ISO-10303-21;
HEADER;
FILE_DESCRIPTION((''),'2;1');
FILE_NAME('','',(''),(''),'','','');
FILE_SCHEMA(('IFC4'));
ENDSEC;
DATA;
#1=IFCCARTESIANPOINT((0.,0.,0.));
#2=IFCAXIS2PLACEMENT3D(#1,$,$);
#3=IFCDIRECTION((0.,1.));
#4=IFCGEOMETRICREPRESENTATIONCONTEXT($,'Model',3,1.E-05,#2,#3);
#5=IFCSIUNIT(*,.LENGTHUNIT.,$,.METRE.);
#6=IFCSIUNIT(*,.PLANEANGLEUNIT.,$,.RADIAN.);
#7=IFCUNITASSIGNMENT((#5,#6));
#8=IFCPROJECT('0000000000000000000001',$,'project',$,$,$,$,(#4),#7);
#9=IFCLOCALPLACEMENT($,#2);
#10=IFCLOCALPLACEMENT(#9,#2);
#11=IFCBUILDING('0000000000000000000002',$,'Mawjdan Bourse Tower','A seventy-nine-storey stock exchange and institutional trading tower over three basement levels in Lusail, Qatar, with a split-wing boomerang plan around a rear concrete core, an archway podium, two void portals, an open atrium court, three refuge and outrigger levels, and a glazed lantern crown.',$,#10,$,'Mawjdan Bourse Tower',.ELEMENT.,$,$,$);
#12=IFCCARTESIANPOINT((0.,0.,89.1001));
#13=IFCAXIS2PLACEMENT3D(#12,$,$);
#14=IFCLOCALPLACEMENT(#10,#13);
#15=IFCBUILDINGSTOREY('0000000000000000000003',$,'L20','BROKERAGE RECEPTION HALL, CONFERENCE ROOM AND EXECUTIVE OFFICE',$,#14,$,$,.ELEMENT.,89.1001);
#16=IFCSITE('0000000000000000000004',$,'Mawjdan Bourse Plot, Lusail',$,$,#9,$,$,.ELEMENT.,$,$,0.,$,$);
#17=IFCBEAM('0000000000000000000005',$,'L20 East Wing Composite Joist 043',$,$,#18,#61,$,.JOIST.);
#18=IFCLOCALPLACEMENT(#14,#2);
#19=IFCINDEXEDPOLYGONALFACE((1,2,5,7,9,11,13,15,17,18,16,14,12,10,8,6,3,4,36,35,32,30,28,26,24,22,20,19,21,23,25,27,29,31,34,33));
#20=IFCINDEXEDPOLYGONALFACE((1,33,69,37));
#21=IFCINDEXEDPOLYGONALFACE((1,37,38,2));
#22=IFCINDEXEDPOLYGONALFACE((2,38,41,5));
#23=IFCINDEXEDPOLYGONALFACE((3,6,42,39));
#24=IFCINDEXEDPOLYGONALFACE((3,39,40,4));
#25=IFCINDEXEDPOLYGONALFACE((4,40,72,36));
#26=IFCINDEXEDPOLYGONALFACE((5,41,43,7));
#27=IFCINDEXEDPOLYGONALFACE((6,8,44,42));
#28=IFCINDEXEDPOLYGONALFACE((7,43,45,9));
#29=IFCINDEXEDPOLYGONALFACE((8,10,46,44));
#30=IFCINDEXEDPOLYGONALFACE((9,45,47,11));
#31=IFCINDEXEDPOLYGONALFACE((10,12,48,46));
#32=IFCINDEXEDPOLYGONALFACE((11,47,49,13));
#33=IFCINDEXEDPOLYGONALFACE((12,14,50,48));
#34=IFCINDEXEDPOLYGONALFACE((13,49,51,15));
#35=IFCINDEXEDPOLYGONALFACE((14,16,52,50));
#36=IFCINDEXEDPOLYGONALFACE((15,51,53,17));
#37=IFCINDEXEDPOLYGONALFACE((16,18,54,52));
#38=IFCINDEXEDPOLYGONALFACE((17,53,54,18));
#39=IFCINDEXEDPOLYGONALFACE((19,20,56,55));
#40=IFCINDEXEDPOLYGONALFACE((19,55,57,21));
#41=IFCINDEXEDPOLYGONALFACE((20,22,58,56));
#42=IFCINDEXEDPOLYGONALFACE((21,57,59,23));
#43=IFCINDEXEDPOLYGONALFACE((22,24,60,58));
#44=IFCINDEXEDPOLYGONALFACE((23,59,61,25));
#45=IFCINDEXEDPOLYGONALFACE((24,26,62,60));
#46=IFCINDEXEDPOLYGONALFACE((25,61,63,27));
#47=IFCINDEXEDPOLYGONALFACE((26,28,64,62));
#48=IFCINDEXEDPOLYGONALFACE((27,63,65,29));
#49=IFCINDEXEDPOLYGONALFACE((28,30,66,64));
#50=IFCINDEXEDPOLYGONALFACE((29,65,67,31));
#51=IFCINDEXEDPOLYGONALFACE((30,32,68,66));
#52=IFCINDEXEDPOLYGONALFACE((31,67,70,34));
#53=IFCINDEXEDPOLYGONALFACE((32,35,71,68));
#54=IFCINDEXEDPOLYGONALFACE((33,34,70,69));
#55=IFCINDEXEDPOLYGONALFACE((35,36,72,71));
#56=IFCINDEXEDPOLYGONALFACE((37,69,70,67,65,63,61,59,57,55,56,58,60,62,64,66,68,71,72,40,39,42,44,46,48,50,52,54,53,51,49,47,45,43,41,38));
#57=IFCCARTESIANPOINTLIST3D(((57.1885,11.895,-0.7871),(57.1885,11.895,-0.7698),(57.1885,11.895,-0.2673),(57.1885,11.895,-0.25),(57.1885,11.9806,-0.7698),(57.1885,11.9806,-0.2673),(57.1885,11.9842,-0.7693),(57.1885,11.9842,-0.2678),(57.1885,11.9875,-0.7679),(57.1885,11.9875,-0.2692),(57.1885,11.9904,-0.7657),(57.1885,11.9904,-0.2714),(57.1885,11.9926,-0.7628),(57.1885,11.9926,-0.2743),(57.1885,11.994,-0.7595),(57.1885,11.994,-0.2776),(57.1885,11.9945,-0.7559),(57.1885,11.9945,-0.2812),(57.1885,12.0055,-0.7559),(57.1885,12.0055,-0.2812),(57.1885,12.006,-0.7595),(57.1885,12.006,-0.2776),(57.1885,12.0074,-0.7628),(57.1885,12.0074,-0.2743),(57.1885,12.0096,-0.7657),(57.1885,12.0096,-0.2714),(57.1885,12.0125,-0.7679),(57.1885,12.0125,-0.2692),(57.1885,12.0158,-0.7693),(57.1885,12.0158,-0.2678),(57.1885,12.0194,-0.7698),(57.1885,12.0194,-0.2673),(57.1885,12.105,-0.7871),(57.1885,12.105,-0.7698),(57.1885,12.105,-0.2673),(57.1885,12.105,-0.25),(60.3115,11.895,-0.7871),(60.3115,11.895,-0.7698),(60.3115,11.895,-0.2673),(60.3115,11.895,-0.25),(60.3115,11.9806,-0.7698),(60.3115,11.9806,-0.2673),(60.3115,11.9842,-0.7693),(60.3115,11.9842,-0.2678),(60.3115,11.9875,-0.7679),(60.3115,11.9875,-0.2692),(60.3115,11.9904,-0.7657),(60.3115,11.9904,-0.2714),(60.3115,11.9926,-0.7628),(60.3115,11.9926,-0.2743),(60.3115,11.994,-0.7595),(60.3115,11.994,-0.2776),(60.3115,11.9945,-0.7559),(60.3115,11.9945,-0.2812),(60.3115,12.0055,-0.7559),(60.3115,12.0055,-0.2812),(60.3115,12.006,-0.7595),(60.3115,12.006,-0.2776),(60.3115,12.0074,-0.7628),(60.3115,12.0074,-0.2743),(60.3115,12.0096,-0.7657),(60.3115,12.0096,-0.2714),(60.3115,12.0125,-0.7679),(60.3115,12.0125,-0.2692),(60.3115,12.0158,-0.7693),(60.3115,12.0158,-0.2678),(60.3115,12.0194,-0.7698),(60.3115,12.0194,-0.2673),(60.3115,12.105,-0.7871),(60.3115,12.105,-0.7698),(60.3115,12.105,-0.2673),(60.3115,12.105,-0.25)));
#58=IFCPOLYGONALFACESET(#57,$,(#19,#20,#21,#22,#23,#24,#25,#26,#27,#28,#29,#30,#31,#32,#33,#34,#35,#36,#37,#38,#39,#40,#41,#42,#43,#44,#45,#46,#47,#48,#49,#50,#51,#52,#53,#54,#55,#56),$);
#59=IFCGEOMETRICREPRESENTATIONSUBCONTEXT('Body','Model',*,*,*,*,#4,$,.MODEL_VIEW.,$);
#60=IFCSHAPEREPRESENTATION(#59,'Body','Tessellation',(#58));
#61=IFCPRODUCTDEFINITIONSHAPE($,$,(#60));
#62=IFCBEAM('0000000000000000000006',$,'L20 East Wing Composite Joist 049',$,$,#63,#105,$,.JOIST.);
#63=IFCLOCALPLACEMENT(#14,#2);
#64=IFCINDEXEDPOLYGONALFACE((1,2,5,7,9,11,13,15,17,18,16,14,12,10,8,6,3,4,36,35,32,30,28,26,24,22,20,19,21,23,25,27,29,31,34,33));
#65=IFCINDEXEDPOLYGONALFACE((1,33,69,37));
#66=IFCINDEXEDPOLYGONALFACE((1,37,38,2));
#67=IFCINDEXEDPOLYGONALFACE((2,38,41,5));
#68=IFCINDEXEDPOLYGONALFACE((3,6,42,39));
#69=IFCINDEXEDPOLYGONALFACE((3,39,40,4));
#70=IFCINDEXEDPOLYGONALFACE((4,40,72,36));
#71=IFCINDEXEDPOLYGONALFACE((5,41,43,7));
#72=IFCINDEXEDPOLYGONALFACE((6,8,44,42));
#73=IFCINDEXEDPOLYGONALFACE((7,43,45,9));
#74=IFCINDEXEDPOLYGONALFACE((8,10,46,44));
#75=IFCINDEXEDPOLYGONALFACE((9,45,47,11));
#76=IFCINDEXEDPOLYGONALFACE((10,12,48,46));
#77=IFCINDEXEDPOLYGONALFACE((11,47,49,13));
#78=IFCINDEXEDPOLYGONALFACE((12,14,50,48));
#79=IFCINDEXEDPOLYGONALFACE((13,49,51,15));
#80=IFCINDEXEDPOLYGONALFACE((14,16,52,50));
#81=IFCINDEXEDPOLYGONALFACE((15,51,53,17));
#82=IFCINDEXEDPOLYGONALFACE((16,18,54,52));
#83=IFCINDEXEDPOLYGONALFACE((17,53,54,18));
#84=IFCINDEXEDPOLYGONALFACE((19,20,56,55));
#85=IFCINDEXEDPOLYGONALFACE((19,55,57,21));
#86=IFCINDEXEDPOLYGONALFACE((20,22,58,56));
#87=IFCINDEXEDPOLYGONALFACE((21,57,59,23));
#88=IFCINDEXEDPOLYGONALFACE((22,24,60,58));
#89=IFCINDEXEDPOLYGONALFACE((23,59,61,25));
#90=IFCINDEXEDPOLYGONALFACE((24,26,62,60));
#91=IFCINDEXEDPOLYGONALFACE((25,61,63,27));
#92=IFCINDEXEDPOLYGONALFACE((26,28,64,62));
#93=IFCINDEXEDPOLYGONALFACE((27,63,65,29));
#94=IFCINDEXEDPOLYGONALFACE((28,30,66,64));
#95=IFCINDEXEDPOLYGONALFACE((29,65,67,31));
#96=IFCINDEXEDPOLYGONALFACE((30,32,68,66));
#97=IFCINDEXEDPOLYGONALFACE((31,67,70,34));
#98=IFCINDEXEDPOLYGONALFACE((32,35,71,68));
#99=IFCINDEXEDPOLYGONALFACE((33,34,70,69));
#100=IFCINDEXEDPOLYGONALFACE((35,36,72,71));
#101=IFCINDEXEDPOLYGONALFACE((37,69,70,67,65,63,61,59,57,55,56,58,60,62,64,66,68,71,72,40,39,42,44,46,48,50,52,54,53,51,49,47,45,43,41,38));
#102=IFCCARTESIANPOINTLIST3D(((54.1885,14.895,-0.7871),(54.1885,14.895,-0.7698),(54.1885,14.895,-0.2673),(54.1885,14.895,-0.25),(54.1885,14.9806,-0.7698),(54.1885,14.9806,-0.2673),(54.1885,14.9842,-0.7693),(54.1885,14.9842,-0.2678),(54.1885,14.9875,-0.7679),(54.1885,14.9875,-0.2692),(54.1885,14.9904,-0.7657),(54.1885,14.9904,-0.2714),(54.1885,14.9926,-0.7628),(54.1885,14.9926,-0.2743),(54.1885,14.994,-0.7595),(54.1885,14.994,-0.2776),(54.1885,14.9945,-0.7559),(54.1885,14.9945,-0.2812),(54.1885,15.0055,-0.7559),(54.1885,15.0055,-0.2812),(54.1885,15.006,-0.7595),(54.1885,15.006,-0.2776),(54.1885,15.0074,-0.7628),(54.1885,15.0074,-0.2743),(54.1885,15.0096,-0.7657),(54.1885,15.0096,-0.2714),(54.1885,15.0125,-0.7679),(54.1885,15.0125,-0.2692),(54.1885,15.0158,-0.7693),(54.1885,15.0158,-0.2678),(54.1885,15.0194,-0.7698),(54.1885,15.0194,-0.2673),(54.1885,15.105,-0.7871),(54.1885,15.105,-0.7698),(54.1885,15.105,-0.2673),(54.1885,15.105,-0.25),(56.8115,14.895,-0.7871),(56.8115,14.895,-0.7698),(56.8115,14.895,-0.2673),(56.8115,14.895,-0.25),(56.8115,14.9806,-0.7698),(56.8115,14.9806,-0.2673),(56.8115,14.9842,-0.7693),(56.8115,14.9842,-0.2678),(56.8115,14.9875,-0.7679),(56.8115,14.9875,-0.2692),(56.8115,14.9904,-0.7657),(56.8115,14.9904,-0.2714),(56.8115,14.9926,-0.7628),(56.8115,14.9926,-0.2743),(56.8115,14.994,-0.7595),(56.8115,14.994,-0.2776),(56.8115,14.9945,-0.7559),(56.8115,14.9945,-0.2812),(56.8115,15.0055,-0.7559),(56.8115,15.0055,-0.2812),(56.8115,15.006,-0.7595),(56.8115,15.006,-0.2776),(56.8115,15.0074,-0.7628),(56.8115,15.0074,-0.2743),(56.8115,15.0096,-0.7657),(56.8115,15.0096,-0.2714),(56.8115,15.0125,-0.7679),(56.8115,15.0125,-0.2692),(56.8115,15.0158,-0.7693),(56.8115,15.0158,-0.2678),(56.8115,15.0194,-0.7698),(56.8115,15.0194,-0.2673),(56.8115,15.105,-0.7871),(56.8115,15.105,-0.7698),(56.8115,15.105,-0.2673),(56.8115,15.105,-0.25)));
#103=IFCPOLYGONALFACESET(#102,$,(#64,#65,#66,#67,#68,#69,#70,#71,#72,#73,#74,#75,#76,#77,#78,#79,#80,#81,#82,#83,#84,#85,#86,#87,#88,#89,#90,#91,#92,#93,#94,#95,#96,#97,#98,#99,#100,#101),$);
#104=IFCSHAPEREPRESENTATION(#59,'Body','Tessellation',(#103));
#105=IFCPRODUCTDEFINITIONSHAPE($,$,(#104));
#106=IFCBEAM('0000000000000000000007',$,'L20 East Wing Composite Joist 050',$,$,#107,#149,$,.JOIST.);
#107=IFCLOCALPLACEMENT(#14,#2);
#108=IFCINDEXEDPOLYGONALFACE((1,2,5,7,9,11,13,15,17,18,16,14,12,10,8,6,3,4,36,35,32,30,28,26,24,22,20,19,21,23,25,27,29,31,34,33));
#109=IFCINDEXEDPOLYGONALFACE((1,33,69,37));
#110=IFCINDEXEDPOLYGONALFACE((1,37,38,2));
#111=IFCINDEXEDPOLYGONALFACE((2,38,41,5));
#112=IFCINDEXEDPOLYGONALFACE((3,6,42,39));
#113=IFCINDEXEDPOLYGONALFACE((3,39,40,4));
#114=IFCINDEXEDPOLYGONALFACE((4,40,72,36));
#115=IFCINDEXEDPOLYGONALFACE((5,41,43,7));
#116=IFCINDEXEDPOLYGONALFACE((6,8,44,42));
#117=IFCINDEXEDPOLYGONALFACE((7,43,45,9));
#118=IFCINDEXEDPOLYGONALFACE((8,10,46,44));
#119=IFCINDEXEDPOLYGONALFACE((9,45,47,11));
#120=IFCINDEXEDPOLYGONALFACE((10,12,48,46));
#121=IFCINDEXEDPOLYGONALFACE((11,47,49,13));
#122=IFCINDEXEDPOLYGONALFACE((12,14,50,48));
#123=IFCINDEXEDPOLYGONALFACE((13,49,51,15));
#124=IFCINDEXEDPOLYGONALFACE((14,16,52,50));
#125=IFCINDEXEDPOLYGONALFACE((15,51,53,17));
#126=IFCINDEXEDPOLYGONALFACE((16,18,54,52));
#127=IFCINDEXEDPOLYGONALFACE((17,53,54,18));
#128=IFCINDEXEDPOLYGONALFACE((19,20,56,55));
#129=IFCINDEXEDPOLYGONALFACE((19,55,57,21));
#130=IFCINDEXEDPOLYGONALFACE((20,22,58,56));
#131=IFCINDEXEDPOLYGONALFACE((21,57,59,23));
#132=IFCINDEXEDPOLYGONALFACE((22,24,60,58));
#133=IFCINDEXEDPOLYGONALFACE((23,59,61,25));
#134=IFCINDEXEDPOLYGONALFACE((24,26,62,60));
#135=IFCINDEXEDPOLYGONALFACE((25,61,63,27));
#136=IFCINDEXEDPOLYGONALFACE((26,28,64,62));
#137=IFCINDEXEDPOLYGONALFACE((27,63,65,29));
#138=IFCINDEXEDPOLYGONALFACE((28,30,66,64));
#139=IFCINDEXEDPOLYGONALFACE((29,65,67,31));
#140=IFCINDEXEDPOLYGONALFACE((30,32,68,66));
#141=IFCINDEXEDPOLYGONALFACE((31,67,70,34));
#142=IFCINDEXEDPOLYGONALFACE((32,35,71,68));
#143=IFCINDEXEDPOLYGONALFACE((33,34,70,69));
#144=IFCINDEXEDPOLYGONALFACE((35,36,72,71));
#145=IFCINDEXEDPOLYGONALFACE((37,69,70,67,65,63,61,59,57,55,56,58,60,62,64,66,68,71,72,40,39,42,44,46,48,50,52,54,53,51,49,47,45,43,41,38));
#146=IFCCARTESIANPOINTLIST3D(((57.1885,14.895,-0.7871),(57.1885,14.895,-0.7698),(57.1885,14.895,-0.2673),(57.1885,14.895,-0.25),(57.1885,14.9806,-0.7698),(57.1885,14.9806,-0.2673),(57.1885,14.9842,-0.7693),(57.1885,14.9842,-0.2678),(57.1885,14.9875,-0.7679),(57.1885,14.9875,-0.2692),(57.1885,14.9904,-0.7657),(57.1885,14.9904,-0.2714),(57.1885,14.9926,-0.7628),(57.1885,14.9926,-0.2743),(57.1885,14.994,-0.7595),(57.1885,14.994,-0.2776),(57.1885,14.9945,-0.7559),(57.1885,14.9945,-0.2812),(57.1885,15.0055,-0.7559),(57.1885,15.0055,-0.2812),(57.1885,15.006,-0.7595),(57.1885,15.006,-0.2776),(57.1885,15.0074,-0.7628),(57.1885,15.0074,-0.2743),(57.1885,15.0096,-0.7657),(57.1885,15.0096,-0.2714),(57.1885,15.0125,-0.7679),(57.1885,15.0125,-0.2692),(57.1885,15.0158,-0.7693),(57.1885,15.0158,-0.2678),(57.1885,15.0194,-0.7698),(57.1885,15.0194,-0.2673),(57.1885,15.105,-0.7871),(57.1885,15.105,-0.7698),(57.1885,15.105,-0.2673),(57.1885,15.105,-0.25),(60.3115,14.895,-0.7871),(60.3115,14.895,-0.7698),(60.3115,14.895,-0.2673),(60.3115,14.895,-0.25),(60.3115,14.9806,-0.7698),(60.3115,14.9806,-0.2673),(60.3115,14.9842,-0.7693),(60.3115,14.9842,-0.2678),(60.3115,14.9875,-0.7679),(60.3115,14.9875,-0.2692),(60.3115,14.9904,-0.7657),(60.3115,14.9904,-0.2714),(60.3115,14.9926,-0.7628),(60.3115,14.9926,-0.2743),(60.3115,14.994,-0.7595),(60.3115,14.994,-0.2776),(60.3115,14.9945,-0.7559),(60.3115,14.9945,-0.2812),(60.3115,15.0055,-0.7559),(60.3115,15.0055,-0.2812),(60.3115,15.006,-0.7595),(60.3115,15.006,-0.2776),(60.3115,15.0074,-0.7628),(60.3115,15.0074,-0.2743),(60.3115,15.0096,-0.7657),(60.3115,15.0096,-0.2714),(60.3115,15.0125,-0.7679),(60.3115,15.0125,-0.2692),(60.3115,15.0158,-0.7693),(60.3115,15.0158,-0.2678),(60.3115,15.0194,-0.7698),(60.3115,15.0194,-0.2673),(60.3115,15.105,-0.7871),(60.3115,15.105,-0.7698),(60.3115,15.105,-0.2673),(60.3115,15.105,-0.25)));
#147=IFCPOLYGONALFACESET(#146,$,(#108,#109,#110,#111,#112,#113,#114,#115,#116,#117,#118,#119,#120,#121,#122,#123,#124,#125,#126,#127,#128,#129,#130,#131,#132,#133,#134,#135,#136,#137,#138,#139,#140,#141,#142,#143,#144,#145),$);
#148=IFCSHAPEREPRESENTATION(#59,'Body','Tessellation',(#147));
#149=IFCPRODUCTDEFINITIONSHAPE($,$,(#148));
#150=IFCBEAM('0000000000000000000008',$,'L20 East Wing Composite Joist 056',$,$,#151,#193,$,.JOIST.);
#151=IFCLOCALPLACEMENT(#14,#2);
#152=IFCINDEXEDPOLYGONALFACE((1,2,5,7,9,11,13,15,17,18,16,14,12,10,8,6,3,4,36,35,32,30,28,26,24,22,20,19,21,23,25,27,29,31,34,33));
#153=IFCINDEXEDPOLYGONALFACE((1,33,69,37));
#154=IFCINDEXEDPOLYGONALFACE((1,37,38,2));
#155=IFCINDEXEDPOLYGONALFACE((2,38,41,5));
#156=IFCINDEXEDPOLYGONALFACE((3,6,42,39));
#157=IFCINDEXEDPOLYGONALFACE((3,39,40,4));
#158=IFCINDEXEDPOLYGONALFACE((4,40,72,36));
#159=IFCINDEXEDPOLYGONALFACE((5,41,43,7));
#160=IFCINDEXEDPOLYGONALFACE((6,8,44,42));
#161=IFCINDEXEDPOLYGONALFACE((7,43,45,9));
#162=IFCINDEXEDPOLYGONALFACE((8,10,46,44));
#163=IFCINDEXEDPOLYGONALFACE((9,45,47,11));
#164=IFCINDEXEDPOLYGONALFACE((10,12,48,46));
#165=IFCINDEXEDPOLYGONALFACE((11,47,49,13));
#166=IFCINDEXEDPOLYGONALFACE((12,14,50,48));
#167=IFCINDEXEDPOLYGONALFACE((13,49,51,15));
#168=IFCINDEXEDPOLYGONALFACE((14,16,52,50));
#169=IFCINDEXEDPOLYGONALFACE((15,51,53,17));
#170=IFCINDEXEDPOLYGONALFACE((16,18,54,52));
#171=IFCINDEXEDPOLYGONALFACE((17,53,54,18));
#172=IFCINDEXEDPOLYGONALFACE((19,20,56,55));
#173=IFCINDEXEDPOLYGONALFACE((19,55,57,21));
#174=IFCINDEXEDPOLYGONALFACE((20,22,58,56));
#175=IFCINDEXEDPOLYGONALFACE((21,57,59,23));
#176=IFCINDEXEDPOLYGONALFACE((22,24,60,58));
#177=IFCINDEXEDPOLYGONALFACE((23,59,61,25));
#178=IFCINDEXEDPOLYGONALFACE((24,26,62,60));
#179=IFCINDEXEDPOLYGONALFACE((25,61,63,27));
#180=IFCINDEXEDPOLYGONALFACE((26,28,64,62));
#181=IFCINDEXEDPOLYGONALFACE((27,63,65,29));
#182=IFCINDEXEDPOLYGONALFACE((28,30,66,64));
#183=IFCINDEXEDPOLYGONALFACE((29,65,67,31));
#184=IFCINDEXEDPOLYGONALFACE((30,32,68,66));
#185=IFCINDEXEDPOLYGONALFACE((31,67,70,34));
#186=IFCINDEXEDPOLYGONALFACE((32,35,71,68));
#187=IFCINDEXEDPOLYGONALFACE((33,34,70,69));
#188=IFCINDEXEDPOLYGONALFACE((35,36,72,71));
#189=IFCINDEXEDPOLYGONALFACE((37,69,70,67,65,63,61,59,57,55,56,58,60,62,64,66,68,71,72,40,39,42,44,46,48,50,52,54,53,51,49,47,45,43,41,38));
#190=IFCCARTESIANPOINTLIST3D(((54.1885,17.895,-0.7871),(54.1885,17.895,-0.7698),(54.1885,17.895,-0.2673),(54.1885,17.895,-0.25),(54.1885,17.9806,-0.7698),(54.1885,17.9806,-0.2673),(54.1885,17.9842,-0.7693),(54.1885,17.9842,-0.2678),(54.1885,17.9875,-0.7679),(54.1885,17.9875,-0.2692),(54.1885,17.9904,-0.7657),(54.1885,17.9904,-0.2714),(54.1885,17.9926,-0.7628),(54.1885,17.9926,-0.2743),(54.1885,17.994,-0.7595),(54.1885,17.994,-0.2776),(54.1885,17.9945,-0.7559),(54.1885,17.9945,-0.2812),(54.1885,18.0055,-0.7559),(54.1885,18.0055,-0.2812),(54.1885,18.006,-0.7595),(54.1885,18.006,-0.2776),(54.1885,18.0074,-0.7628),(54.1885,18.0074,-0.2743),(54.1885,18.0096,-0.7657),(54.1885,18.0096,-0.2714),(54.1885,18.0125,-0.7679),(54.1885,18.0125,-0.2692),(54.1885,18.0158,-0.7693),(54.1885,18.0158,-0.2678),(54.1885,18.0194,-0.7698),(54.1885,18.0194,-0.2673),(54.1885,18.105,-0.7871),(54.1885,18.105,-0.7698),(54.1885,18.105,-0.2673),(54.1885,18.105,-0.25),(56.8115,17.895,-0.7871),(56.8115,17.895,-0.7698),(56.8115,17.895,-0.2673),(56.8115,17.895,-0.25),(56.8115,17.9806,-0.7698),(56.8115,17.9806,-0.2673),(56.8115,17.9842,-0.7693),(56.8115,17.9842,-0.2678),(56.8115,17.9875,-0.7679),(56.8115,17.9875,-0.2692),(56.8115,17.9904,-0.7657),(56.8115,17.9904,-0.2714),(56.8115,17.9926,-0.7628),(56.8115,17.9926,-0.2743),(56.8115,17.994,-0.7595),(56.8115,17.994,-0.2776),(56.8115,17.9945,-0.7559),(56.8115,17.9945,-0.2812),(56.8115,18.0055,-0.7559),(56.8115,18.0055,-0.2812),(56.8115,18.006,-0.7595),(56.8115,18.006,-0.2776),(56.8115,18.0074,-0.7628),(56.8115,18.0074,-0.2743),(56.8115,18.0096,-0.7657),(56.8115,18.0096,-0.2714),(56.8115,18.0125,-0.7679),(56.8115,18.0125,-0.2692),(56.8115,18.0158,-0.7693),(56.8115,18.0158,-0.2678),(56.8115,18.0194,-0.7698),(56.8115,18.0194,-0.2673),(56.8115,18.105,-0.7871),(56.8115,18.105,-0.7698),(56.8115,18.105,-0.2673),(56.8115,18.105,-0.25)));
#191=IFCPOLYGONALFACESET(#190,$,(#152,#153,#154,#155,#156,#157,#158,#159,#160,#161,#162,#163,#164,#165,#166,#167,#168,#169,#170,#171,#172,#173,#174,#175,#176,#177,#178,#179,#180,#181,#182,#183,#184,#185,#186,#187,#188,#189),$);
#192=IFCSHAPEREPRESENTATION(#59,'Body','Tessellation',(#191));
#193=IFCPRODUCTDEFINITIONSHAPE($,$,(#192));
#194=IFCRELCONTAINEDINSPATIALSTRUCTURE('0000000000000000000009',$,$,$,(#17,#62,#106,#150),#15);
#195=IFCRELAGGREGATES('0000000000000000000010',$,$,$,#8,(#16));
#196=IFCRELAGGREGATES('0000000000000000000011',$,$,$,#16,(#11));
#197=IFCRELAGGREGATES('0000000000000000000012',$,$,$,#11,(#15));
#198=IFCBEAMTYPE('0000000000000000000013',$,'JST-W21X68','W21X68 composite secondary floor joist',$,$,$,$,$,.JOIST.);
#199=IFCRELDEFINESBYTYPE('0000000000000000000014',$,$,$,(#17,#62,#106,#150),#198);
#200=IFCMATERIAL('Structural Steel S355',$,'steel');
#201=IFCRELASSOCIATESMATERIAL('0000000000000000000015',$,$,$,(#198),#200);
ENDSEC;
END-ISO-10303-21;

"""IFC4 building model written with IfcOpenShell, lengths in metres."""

from ifc_helpers import new_model, si_unit, direction, frame, origin, origin_2d, place, context, subcontext, project, spatial, i_section, extrude, material, material_profile, profile_set, type_object, element, save


model = new_model("IFC4")

# Units and contexts
model_context = context("Model", 3, precision=1e-05, world=origin(), true_north=direction((0.0, 1.0)))
body_context = subcontext(model_context, "Body", "Model", "MODEL_VIEW")
ifc_project = project(units=[si_unit("LENGTHUNIT", "METRE"), si_unit("PLANEANGLEUNIT", "RADIAN")], contexts=[model_context])

# Site, building, storey
site_placement = place(None, origin())
site = spatial("IfcSite", under=ifc_project, at=site_placement, Name="Mawjdan Bourse Plot, Lusail", CompositionType="ELEMENT", RefElevation=0.0)
building_placement = place(site_placement, origin())
building = spatial("IfcBuilding", under=site, at=building_placement, Name="Mawjdan Bourse Tower", Description="A seventy-nine-storey stock exchange and institutional trading tower over three basement levels in Lusail, Qatar, with a split-wing boomerang plan around a rear concrete core, an archway podium, two void portals, an open atrium court, three refuge and outrigger levels, and a glazed lantern crown.", LongName="Mawjdan Bourse Tower", CompositionType="ELEMENT")
storey_placement = place(building_placement, frame((0.0, 0.0, 89.1001)))
storey = spatial("IfcBuildingStorey", under=building, at=storey_placement, Name="L20", Description="BROKERAGE RECEPTION HALL, CONFERENCE ROOM AND EXECUTIVE OFFICE", CompositionType="ELEMENT", Elevation=89.1001)

# Beams
ifc_material_1 = material(Name="Structural Steel S355", Category="steel")
ifc_material_profile_1 = material_profile(ifc_material_1, i_section(OverallWidth=0.21, OverallDepth=0.5371, WebThickness=0.011, FlangeThickness=0.0173, FilletRadius=0.0139, at=origin_2d()), Name="W21X68")
ifc_profile_set_1 = profile_set([ifc_material_profile_1], Name="Structural Steel S355")
beam_type_1 = type_object("IfcBeamType", Name="JST-W21X68", Description="W21X68 composite secondary floor joist", PredefinedType="JOIST", material=ifc_profile_set_1)
beam_1_placement = place(storey_placement, frame((57.1885, 12.0, -0.5186), z_axis=(1.0, 0.0, 0.0), x_axis=(0.0, 1.0, 0.0)))
element("IfcBeam", 1, at=beam_1_placement, inside=storey, type_object=beam_type_1, Name="L20 East Wing Composite Joist 043", PredefinedType="JOIST", context=body_context, shape_type="SweptSolid", body=[
    extrude(i_section(OverallWidth=0.21, OverallDepth=0.5371, WebThickness=0.011, FlangeThickness=0.0173, FilletRadius=0.0139, at=origin_2d()), origin(), (0.0, 0.0, 1.0), 3.123),
])
beam_2_placement = place(storey_placement, frame((54.1885, 15.0, -0.5186), z_axis=(1.0, 0.0, 0.0), x_axis=(0.0, 1.0, 0.0)))
element("IfcBeam", 2, at=beam_2_placement, inside=storey, type_object=beam_type_1, Name="L20 East Wing Composite Joist 049", PredefinedType="JOIST", context=body_context, shape_type="SweptSolid", body=[
    extrude(i_section(OverallWidth=0.21, OverallDepth=0.5371, WebThickness=0.011, FlangeThickness=0.0173, FilletRadius=0.0139, at=origin_2d()), origin(), (0.0, 0.0, 1.0), 2.623),
])
beam_3_placement = place(storey_placement, frame((57.1885, 15.0, -0.5186), z_axis=(1.0, 0.0, 0.0), x_axis=(0.0, 1.0, 0.0)))
element("IfcBeam", 3, at=beam_3_placement, inside=storey, type_object=beam_type_1, Name="L20 East Wing Composite Joist 050", PredefinedType="JOIST", context=body_context, shape_type="SweptSolid", body=[
    extrude(i_section(OverallWidth=0.21, OverallDepth=0.5371, WebThickness=0.011, FlangeThickness=0.0173, FilletRadius=0.0139, at=origin_2d()), origin(), (0.0, 0.0, 1.0), 3.123),
])
beam_4_placement = place(storey_placement, frame((54.1885, 18.0, -0.5186), z_axis=(1.0, 0.0, 0.0), x_axis=(0.0, 1.0, 0.0)))
element("IfcBeam", 4, at=beam_4_placement, inside=storey, type_object=beam_type_1, Name="L20 East Wing Composite Joist 056", PredefinedType="JOIST", context=body_context, shape_type="SweptSolid", body=[
    extrude(i_section(OverallWidth=0.21, OverallDepth=0.5371, WebThickness=0.011, FlangeThickness=0.0173, FilletRadius=0.0139, at=origin_2d()), origin(), (0.0, 0.0, 1.0), 2.623),
])

save(model, "model.ifc")
